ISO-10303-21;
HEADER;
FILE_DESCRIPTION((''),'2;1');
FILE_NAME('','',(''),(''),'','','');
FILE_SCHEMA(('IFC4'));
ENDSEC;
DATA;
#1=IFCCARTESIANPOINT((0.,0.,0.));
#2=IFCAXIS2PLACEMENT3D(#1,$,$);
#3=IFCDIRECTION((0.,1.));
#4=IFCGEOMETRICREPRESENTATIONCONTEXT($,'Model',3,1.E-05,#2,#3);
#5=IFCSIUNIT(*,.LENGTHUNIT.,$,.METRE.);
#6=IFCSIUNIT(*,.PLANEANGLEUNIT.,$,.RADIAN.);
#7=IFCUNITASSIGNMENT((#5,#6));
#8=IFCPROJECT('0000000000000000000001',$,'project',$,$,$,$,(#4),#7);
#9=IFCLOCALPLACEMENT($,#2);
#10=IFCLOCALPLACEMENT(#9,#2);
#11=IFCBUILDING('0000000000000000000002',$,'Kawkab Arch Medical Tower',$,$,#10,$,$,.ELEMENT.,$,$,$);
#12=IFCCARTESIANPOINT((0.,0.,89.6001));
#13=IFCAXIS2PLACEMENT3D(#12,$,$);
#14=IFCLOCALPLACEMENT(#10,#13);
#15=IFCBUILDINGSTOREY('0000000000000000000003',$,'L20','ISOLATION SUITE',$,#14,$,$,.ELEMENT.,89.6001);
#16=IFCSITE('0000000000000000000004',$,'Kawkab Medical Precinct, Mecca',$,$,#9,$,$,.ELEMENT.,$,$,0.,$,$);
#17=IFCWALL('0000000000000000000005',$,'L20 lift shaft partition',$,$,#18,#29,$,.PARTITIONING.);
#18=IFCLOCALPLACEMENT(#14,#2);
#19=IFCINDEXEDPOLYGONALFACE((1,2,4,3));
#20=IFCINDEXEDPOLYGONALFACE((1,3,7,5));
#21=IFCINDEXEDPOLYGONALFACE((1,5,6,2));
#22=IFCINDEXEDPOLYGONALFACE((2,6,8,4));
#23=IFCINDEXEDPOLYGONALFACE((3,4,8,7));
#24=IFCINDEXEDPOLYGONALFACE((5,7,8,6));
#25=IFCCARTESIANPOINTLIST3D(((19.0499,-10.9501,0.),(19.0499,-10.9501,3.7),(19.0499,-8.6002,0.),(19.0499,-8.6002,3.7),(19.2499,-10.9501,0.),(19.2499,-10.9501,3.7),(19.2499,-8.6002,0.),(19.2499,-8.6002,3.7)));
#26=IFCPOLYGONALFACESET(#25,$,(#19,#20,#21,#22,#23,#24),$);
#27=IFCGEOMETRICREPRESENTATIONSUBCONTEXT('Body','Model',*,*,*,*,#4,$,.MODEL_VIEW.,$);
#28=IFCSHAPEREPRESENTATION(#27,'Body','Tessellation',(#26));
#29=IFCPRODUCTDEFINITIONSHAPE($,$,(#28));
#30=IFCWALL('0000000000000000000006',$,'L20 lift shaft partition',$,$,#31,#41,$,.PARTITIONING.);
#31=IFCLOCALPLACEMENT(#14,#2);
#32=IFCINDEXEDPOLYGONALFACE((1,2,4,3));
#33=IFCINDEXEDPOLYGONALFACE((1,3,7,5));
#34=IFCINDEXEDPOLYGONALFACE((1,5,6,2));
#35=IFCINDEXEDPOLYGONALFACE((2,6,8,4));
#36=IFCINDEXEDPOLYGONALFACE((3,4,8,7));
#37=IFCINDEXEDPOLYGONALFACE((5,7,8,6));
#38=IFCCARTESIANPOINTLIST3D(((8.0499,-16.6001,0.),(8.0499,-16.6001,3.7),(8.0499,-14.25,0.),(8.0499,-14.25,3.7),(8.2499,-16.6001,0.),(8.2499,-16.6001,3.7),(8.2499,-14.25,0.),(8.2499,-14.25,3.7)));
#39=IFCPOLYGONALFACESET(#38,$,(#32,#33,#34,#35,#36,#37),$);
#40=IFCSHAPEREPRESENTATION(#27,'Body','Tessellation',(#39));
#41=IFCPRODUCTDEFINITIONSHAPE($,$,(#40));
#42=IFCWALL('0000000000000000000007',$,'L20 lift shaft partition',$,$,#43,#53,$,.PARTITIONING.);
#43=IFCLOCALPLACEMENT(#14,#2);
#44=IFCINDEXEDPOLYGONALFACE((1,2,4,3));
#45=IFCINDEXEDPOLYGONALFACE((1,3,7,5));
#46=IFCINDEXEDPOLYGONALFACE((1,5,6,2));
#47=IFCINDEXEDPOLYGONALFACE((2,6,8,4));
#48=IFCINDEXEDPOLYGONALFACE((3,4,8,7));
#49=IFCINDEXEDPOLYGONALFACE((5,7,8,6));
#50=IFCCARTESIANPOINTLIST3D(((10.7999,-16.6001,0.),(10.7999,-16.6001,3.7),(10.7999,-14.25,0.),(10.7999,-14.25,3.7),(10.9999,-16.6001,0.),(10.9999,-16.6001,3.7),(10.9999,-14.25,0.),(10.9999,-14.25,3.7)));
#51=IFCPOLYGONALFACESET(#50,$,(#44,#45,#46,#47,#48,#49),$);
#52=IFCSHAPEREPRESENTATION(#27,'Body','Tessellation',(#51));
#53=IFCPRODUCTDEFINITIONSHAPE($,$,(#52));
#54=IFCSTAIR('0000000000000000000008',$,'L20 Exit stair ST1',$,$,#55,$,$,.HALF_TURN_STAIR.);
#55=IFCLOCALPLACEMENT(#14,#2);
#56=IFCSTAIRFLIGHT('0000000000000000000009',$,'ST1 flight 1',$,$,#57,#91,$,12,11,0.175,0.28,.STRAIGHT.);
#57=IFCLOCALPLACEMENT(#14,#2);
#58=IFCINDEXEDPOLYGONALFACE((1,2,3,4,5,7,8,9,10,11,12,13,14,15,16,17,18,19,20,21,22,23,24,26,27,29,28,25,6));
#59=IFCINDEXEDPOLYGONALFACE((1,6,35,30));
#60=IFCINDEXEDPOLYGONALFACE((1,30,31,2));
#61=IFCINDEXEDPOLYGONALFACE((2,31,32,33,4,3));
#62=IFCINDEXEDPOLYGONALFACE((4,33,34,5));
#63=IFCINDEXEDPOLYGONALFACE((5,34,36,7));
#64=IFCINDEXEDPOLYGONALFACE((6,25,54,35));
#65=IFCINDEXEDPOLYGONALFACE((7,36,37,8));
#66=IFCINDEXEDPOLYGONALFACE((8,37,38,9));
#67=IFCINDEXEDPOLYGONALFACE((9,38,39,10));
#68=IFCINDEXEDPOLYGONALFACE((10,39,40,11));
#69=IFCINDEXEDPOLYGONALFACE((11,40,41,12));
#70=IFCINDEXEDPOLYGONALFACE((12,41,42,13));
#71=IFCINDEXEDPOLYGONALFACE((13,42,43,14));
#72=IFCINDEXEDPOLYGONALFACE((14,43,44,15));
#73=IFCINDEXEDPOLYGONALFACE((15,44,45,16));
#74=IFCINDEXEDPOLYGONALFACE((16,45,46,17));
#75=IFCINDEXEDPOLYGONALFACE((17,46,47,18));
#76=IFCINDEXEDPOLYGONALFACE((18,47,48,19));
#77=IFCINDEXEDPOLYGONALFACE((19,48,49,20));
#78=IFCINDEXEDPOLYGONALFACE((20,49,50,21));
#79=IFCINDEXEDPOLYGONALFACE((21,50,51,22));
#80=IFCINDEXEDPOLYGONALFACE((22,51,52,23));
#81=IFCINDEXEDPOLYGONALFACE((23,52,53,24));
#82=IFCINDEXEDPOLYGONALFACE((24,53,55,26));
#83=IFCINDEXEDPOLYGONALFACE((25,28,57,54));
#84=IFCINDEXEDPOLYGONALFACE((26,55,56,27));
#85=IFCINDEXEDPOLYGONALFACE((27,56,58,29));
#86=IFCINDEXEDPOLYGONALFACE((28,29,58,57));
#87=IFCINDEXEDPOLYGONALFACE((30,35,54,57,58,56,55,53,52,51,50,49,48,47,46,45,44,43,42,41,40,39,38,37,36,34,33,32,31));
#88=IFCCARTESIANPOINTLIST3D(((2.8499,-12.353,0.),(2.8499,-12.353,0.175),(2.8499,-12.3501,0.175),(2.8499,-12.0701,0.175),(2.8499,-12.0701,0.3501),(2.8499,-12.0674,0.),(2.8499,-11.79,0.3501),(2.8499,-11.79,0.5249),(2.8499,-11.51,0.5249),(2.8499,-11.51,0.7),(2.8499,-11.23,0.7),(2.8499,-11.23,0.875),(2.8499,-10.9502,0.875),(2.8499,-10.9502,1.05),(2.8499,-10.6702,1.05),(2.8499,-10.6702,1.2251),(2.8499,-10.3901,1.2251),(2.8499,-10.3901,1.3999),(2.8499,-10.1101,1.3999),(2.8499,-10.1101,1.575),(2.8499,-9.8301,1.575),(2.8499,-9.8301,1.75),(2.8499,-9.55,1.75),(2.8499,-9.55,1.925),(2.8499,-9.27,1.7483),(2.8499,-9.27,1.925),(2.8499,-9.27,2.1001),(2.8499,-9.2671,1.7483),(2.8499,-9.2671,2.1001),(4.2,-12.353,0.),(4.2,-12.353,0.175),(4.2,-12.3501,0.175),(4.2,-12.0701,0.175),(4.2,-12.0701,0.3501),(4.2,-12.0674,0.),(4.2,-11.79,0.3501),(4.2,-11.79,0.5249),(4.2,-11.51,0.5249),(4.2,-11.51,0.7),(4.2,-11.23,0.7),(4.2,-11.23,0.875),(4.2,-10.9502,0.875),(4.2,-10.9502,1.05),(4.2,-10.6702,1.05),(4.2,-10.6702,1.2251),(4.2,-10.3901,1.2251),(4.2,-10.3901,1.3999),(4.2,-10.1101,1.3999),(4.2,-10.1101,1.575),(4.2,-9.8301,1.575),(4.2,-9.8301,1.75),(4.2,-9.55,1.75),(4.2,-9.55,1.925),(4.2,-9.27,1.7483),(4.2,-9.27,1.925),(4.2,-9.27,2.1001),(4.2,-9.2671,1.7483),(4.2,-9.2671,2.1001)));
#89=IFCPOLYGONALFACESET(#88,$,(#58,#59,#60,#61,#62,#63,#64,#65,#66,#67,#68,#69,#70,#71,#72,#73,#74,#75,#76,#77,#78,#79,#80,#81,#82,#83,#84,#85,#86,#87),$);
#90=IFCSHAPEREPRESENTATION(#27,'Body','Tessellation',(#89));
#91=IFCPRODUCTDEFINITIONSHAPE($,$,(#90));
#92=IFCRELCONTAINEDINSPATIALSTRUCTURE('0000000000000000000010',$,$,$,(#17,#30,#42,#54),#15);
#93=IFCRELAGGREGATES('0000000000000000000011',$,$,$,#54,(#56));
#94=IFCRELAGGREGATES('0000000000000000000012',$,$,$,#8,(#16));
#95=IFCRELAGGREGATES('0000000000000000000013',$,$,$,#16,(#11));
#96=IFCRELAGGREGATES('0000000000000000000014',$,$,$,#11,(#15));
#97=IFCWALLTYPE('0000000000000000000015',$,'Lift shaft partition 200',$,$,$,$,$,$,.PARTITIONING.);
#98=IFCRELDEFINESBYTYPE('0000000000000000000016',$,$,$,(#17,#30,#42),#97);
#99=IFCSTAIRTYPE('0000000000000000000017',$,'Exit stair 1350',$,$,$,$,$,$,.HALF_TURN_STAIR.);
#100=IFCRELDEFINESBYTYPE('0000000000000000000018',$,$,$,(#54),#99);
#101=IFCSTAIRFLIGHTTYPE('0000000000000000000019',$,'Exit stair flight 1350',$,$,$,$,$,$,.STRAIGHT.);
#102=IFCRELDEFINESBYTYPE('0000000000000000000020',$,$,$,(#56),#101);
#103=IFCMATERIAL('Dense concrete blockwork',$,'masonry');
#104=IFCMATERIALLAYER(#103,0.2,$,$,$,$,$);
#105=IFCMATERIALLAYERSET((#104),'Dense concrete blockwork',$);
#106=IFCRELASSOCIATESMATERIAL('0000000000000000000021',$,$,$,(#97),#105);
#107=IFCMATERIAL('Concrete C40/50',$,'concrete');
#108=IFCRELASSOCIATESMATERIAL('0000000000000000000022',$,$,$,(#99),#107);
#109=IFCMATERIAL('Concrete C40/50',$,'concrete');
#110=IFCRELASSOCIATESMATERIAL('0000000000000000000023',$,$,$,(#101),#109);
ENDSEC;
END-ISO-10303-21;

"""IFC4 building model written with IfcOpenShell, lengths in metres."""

from ifc_helpers import new_model, si_unit, direction, frame, frame_2d, origin, place, context, subcontext, project, spatial, polyline, rectangle, outline, extrude, material, layer, layer_set, type_object, element, aggregate, save


model = new_model("IFC4")

# Units and contexts
model_context = context("Model", 3, precision=1e-05, world=origin(), true_north=direction((0.0, 1.0)))
body_context = subcontext(model_context, "Body", "Model", "MODEL_VIEW")
ifc_project = project(units=[si_unit("LENGTHUNIT", "METRE"), si_unit("PLANEANGLEUNIT", "RADIAN")], contexts=[model_context])

# Site, building, storey
site_placement = place(None, origin())
site = spatial("IfcSite", under=ifc_project, at=site_placement, Name="Kawkab Medical Precinct, Mecca", CompositionType="ELEMENT", RefElevation=0.0)
building_placement = place(site_placement, origin())
building = spatial("IfcBuilding", under=site, at=building_placement, Name="Kawkab Arch Medical Tower", CompositionType="ELEMENT")
storey_placement = place(building_placement, frame((0.0, 0.0, 89.6001)))
storey = spatial("IfcBuildingStorey", under=building, at=storey_placement, Name="L20", Description="ISOLATION SUITE", CompositionType="ELEMENT", Elevation=89.6001)

# Walls
ifc_material_1 = material(Name="Dense concrete blockwork", Category="masonry")
ifc_layer_1 = layer(ifc_material_1, 0.2)
ifc_layer_set_1 = layer_set([ifc_layer_1], Name="Dense concrete blockwork")
wall_type_1 = type_object("IfcWallType", Name="Lift shaft partition 200", PredefinedType="PARTITIONING", material=ifc_layer_set_1)
for number, where, z_axis, x_axis, name in (
    (1, (19.1499, -10.95, 0.0), (0.0, 0.0, 1.0), (0.0, 1.0, 0.0), "L20 lift shaft partition"),
):
    element("IfcWall", number, at=place(storey_placement, frame(where, z_axis=z_axis, x_axis=x_axis)), inside=storey, type_object=wall_type_1, Name=name, PredefinedType="PARTITIONING", context=body_context, shape_type="SweptSolid", body=[
        extrude(rectangle(XDim=2.3499, YDim=0.2, at=frame_2d((1.1748, 0.0))), origin(), (0.0, 0.0, 1.0), 3.7),
    ])
for number, where, z_axis, x_axis, name in (
    (2, (8.1499, -16.6001, 0.0), (0.0, 0.0, 1.0), (0.0, 1.0, 0.0), "L20 lift shaft partition"),
    (3, (10.8999, -16.6001, 0.0), (0.0, 0.0, 1.0), (0.0, 1.0, 0.0), "L20 lift shaft partition"),
):
    element("IfcWall", number, at=place(storey_placement, frame(where, z_axis=z_axis, x_axis=x_axis)), inside=storey, type_object=wall_type_1, Name=name, PredefinedType="PARTITIONING", context=body_context, shape_type="SweptSolid", body=[
        extrude(rectangle(XDim=2.3501, YDim=0.2, at=frame_2d((1.175, 0.0))), origin(), (0.0, 0.0, 1.0), 3.7),
    ])

# Stair, stair flight
ifc_material_2 = material(Name="Concrete C40/50", Category="concrete")
stair_type = type_object("IfcStairType", Name="Exit stair 1350", PredefinedType="HALF_TURN_STAIR", material=ifc_material_2)
stair_placement = place(storey_placement, origin())
stair = element("IfcStair", 4, at=stair_placement, inside=storey, type_object=stair_type, Name="L20 Exit stair ST1", PredefinedType="HALF_TURN_STAIR")
ifc_material_3 = material(Name="Concrete C40/50", Category="concrete")
stair_flight_type = type_object("IfcStairFlightType", Name="Exit stair flight 1350", PredefinedType="STRAIGHT", material=ifc_material_3)
stair_flight_placement = place(storey_placement, frame((3.5249, -12.3501, 0.0), z_axis=(0.0, 0.0, 1.0), x_axis=(0.0, 1.0, 0.0)))
stair_flight = element("IfcStairFlight", 5, at=stair_flight_placement, type_object=stair_flight_type, Name="ST1 flight 1", NumberOfRisers=12, NumberOfTreads=11, PredefinedType="STRAIGHT", RiserHeight=0.175, TreadLength=0.28, context=body_context, shape_type="SweptSolid", body=[
    extrude(outline(polyline([(-0.0029, 0.0), (-0.0029, 0.175), (0.0, 0.175), (0.28, 0.175), (0.28, 0.3501), (0.5601, 0.3501), (0.5601, 0.5249), (0.8401, 0.5249), (0.8401, 0.7), (1.1201, 0.7), (1.1201, 0.875), (1.3999, 0.875), (1.3999, 1.05), (1.6799, 1.05), (1.6799, 1.2251), (1.96, 1.2251), (1.96, 1.3999), (2.24, 1.3999), (2.24, 1.575), (2.52, 1.575), (2.52, 1.75), (2.8, 1.75), (2.8, 1.925), (3.0801, 1.925), (3.0801, 2.1001), (3.083, 2.1001), (3.083, 1.7483), (3.0801, 1.7483), (0.2827, 0.0), (-0.0029, 0.0)])), frame((0.0, 0.675, 0.0), z_axis=(0.0, -1.0, 0.0), x_axis=(1.0, 0.0, 0.0)), (0.0, 0.0, 1.0), 1.3501),
])
aggregate(stair, [stair_flight])

save(model, "model.ifc")
